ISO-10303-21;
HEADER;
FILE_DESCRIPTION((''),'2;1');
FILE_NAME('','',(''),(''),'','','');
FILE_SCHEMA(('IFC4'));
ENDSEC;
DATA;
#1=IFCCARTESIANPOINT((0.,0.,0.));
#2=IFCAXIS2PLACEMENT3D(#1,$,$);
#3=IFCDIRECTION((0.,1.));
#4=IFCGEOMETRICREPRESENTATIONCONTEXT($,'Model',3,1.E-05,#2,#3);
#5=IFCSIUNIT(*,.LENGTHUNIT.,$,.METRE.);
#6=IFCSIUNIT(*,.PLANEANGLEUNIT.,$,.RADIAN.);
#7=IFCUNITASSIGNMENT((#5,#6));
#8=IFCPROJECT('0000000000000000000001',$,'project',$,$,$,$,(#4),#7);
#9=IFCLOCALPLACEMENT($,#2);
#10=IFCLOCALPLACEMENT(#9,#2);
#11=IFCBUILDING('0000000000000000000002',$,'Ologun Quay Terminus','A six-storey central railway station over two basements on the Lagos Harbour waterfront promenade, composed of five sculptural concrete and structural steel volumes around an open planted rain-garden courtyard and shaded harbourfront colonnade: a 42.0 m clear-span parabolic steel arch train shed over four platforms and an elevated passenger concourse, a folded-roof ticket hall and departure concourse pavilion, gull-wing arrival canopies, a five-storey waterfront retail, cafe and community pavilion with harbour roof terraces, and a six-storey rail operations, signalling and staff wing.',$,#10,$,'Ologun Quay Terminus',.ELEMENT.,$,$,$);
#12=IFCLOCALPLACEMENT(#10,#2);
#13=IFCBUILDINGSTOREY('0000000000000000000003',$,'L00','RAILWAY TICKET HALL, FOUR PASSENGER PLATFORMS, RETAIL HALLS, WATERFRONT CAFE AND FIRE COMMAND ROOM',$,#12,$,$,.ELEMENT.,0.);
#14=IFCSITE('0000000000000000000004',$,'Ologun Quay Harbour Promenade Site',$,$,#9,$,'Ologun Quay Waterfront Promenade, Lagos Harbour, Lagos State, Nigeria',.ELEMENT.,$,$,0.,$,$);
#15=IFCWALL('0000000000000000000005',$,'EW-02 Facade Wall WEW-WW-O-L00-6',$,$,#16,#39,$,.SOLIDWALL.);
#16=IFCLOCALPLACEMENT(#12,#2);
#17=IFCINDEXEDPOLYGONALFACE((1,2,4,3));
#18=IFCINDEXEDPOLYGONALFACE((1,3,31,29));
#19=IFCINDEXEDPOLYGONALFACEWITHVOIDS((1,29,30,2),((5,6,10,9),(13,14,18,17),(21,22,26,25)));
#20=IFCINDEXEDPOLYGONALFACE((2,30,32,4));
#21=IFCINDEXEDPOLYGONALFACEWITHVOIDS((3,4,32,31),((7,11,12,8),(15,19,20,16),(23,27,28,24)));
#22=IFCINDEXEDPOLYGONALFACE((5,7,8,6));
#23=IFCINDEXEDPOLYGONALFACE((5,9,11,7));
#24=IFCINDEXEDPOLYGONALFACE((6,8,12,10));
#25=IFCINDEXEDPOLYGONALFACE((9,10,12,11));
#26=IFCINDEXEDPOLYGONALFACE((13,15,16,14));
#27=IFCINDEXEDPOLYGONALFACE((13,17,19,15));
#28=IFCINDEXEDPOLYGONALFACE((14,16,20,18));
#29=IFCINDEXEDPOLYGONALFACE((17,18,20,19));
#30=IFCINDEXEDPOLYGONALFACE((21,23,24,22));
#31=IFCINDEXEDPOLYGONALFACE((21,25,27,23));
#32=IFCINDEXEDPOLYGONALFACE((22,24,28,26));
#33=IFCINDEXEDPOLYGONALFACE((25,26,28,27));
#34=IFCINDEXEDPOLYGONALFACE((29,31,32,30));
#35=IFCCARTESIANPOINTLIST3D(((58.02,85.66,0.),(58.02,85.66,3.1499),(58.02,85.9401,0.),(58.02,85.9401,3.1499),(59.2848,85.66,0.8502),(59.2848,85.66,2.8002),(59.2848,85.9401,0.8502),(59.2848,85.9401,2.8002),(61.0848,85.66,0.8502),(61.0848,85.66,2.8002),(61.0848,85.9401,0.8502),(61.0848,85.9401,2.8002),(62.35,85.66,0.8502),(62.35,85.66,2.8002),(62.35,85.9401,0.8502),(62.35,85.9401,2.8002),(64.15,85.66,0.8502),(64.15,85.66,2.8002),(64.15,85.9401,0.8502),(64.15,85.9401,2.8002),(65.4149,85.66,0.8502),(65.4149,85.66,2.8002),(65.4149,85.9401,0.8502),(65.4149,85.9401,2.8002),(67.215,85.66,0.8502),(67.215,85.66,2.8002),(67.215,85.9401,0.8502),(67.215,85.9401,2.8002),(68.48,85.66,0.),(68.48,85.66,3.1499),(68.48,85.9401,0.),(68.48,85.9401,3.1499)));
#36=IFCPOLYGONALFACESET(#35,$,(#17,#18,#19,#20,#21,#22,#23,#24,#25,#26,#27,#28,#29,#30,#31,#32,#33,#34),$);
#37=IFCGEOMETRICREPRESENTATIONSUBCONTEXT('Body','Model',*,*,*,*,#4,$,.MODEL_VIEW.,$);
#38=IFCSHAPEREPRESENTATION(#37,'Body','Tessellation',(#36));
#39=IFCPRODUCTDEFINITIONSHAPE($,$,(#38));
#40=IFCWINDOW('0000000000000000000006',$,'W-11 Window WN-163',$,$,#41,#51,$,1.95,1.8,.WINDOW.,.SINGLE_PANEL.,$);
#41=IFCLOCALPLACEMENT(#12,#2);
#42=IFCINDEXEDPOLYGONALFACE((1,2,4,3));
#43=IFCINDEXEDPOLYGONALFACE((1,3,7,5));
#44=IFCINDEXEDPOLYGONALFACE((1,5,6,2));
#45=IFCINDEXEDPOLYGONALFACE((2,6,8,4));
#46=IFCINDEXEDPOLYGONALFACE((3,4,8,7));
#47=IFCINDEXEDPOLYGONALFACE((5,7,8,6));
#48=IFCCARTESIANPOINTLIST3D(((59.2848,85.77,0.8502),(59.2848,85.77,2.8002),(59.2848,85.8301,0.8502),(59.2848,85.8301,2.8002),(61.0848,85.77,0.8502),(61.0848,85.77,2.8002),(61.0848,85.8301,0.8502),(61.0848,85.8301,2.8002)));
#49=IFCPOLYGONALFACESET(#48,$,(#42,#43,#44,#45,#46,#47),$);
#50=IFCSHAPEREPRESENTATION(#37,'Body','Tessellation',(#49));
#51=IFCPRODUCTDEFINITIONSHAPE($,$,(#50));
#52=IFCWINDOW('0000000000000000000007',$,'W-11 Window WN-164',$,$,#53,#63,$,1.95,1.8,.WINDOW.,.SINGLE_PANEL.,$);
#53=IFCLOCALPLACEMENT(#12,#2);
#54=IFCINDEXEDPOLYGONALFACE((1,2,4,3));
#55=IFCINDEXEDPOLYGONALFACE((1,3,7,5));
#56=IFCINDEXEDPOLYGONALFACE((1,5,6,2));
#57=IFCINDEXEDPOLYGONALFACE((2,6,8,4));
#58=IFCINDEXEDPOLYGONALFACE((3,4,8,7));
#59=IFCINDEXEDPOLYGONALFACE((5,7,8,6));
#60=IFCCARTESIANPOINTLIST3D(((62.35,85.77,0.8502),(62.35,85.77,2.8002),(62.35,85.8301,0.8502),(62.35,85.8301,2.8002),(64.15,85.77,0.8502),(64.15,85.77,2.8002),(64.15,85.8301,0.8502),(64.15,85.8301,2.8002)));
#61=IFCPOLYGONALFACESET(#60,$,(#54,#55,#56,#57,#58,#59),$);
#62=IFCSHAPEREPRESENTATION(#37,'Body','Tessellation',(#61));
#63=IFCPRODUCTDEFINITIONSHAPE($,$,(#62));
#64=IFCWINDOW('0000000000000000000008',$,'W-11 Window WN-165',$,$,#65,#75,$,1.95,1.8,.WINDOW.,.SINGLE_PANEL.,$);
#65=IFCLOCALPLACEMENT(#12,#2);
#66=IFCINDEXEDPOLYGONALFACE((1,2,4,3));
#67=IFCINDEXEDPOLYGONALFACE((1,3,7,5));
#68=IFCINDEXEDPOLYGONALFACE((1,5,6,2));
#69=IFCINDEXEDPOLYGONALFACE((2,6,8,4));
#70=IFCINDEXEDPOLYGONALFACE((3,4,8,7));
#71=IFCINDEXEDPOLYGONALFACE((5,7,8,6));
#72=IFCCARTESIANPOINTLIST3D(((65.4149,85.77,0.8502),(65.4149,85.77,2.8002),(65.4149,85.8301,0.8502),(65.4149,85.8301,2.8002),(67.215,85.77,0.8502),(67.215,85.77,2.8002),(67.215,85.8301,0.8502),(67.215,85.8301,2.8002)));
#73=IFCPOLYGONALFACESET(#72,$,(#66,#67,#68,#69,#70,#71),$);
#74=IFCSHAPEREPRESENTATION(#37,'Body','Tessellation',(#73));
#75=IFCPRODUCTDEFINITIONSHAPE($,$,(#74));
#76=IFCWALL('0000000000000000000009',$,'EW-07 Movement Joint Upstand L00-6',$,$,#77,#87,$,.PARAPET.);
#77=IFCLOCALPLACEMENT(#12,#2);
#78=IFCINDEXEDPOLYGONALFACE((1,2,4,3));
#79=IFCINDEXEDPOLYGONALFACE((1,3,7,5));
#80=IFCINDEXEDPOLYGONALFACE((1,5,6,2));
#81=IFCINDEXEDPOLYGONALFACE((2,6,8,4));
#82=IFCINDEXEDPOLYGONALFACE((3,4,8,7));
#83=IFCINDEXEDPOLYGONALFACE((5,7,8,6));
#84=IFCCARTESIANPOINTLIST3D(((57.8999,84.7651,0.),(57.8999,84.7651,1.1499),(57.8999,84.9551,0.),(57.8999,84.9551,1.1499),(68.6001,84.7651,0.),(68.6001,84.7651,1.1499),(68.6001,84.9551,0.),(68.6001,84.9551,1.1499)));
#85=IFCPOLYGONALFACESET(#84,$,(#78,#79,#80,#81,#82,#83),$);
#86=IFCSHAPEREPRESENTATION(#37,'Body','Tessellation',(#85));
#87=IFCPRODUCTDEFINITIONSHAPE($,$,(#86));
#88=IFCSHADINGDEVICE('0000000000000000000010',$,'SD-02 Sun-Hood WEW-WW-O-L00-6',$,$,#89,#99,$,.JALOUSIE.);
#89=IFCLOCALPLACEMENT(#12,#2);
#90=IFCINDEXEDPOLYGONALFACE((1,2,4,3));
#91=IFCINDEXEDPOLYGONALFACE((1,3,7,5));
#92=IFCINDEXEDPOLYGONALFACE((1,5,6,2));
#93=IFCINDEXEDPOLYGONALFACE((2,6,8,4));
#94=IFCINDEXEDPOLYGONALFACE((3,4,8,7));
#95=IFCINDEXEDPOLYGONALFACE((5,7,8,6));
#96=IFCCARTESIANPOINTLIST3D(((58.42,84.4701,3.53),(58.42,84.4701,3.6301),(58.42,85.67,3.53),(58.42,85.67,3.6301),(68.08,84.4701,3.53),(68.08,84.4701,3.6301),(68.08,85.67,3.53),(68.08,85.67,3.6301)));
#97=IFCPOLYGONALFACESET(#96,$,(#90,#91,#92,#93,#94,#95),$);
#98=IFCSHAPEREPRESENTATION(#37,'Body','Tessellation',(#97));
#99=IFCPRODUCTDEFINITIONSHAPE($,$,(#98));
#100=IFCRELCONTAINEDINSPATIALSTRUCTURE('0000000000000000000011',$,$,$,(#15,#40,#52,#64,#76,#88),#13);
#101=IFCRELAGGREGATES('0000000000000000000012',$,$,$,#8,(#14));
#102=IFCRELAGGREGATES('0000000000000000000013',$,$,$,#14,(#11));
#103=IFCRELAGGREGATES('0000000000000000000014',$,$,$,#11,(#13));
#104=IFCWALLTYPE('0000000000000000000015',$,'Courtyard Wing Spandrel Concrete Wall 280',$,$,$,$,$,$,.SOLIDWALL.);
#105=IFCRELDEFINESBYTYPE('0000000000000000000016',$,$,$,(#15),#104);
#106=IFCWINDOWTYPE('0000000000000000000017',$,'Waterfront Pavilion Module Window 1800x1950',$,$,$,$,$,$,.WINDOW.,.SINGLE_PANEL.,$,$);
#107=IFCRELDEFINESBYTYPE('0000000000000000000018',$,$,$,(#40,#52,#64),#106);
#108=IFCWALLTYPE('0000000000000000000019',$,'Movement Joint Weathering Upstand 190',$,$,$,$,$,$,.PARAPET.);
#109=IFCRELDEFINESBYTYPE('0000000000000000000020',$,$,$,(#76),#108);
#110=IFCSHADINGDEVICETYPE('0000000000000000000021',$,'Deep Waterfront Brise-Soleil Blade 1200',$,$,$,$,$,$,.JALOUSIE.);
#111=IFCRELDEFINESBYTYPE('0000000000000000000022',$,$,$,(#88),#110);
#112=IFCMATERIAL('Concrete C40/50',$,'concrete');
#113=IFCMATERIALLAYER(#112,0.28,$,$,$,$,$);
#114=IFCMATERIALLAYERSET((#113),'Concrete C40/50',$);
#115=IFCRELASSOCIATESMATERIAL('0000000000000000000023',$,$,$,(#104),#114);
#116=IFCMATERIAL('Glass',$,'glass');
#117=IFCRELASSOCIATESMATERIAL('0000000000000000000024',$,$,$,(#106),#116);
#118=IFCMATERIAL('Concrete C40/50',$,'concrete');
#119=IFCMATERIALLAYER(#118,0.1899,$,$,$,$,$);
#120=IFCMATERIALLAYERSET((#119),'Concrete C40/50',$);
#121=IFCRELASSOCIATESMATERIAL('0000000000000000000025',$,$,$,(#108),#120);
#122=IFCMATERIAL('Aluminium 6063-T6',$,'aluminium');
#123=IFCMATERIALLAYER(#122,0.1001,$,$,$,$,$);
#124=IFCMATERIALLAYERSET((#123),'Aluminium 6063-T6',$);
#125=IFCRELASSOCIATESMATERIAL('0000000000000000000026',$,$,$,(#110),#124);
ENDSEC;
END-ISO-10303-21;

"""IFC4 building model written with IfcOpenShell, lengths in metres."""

from ifc_helpers import new_model, si_unit, direction, frame, frame_2d, origin, origin_2d, place, context, subcontext, project, spatial, rectangle, extrude, material, layer, layer_set, type_object, element, fill, save


model = new_model("IFC4")

# Units and contexts
model_context = context("Model", 3, precision=1e-05, world=origin(), true_north=direction((0.0, 1.0)))
body_context = subcontext(model_context, "Body", "Model", "MODEL_VIEW")
ifc_project = project(units=[si_unit("LENGTHUNIT", "METRE"), si_unit("PLANEANGLEUNIT", "RADIAN")], contexts=[model_context])

# Site, building, storey
site_placement = place(None, origin())
site = spatial("IfcSite", under=ifc_project, at=site_placement, Name="Ologun Quay Harbour Promenade Site", LongName="Ologun Quay Waterfront Promenade, Lagos Harbour, Lagos State, Nigeria", CompositionType="ELEMENT", RefElevation=0.0)
building_placement = place(site_placement, origin())
building = spatial("IfcBuilding", under=site, at=building_placement, Name="Ologun Quay Terminus", Description="A six-storey central railway station over two basements on the Lagos Harbour waterfront promenade, composed of five sculptural concrete and structural steel volumes around an open planted rain-garden courtyard and shaded harbourfront colonnade: a 42.0 m clear-span parabolic steel arch train shed over four platforms and an elevated passenger concourse, a folded-roof ticket hall and departure concourse pavilion, gull-wing arrival canopies, a five-storey waterfront retail, cafe and community pavilion with harbour roof terraces, and a six-storey rail operations, signalling and staff wing.", LongName="Ologun Quay Terminus", CompositionType="ELEMENT")
storey_placement = place(building_placement, origin())
storey = spatial("IfcBuildingStorey", under=building, at=storey_placement, Name="L00", Description="RAILWAY TICKET HALL, FOUR PASSENGER PLATFORMS, RETAIL HALLS, WATERFRONT CAFE AND FIRE COMMAND ROOM", CompositionType="ELEMENT", Elevation=0.0)

# Shared definitions
ifc_material_1 = material(Name="Concrete C40/50", Category="concrete")
ifc_layer_1 = layer(ifc_material_1, 0.28)
ifc_layer_set_1 = layer_set([ifc_layer_1], Name="Concrete C40/50")
wall_type_1 = type_object("IfcWallType", Name="Courtyard Wing Spandrel Concrete Wall 280", PredefinedType="SOLIDWALL", material=ifc_layer_set_1)

# Wall, openings, windows
wall_1_placement = place(storey_placement, frame((58.02, 85.8, 0.0), z_axis=(0.0, 0.0, 1.0), x_axis=(1.0, 0.0, 0.0)))
wall_1 = element("IfcWall", 1, at=wall_1_placement, inside=storey, type_object=wall_type_1, Name="EW-02 Facade Wall WEW-WW-O-L00-6", PredefinedType="SOLIDWALL", context=body_context, shape_type="SweptSolid", body=[
    extrude(rectangle(XDim=10.46, YDim=0.28, at=frame_2d((5.23, 0.0))), origin(), (0.0, 0.0, 1.0), 3.1499),
])
opening_1_placement = place(wall_1_placement, frame((1.2649, 0.0, 0.8501)))
opening_1 = element("IfcOpeningElement", 2, at=opening_1_placement, cuts=wall_1, PredefinedType="OPENING", context=body_context, shape_type="SweptSolid", body=[
    extrude(rectangle(XDim=1.8, YDim=1.95, at=frame_2d((0.8999, 0.9751))), frame((0.0, 0.1499, 0.0), z_axis=(0.0, -1.0, 0.0), x_axis=(1.0, 0.0, 0.0)), (0.0, 0.0, 1.0), 0.3),
])
opening_2_placement = place(wall_1_placement, frame((4.3301, 0.0, 0.8501)))
opening_2 = element("IfcOpeningElement", 3, at=opening_2_placement, cuts=wall_1, PredefinedType="OPENING", context=body_context, shape_type="SweptSolid", body=[
    extrude(rectangle(XDim=1.8, YDim=1.95, at=frame_2d((0.8999, 0.9751))), frame((0.0, 0.1499, 0.0), z_axis=(0.0, -1.0, 0.0), x_axis=(1.0, 0.0, 0.0)), (0.0, 0.0, 1.0), 0.3),
])
opening_3_placement = place(wall_1_placement, frame((7.395, 0.0, 0.8501)))
opening_3 = element("IfcOpeningElement", 4, at=opening_3_placement, cuts=wall_1, PredefinedType="OPENING", context=body_context, shape_type="SweptSolid", body=[
    extrude(rectangle(XDim=1.8, YDim=1.95, at=frame_2d((0.8999, 0.9751))), frame((0.0, 0.1499, 0.0), z_axis=(0.0, -1.0, 0.0), x_axis=(1.0, 0.0, 0.0)), (0.0, 0.0, 1.0), 0.3),
])
ifc_material_2 = material(Name="Glass", Category="glass")
window_type = type_object("IfcWindowType", Name="Waterfront Pavilion Module Window 1800x1950", PartitioningType="SINGLE_PANEL", PredefinedType="WINDOW", material=ifc_material_2)
window_1_placement = place(opening_1_placement, origin())
window_1 = element("IfcWindow", 5, at=window_1_placement, inside=storey, type_object=window_type, Name="W-11 Window WN-163", OverallHeight=1.95, OverallWidth=1.8, PartitioningType="SINGLE_PANEL", PredefinedType="WINDOW", context=body_context, shape_type="SweptSolid", body=[
    extrude(rectangle(XDim=1.8, YDim=1.95, at=frame_2d((0.8999, 0.9751))), frame((0.0, 0.03, 0.0), z_axis=(0.0, -1.0, 0.0), x_axis=(1.0, 0.0, 0.0)), (0.0, 0.0, 1.0), 0.0601),
])
fill(opening_1, window_1)
window_2_placement = place(opening_2_placement, origin())
window_2 = element("IfcWindow", 6, at=window_2_placement, inside=storey, type_object=window_type, Name="W-11 Window WN-164", OverallHeight=1.95, OverallWidth=1.8, PartitioningType="SINGLE_PANEL", PredefinedType="WINDOW", context=body_context, shape_type="SweptSolid", body=[
    extrude(rectangle(XDim=1.8, YDim=1.95, at=frame_2d((0.8999, 0.9751))), frame((0.0, 0.03, 0.0), z_axis=(0.0, -1.0, 0.0), x_axis=(1.0, 0.0, 0.0)), (0.0, 0.0, 1.0), 0.0601),
])
fill(opening_2, window_2)
window_3_placement = place(opening_3_placement, origin())
window_3 = element("IfcWindow", 7, at=window_3_placement, inside=storey, type_object=window_type, Name="W-11 Window WN-165", OverallHeight=1.95, OverallWidth=1.8, PartitioningType="SINGLE_PANEL", PredefinedType="WINDOW", context=body_context, shape_type="SweptSolid", body=[
    extrude(rectangle(XDim=1.8, YDim=1.95, at=frame_2d((0.8999, 0.9751))), frame((0.0, 0.03, 0.0), z_axis=(0.0, -1.0, 0.0), x_axis=(1.0, 0.0, 0.0)), (0.0, 0.0, 1.0), 0.0601),
])
fill(opening_3, window_3)

# Wall
ifc_material_3 = material(Name="Concrete C40/50", Category="concrete")
ifc_layer_2 = layer(ifc_material_3, 0.1899)
ifc_layer_set_2 = layer_set([ifc_layer_2], Name="Concrete C40/50")
wall_type_2 = type_object("IfcWallType", Name="Movement Joint Weathering Upstand 190", PredefinedType="PARAPET", material=ifc_layer_set_2)
wall_2_placement = place(storey_placement, frame((57.8999, 84.8601, 0.0), z_axis=(0.0, 0.0, 1.0), x_axis=(1.0, 0.0, 0.0)))
element("IfcWall", 8, at=wall_2_placement, inside=storey, type_object=wall_type_2, Name="EW-07 Movement Joint Upstand L00-6", PredefinedType="PARAPET", context=body_context, shape_type="SweptSolid", body=[
    extrude(rectangle(XDim=10.7002, YDim=0.1899, at=frame_2d((5.3501, 0.0))), origin(), (0.0, 0.0, 1.0), 1.1499),
])

# Shading device
ifc_material_4 = material(Name="Aluminium 6063-T6", Category="aluminium")
ifc_layer_3 = layer(ifc_material_4, 0.1001)
ifc_layer_set_3 = layer_set([ifc_layer_3], Name="Aluminium 6063-T6")
shading_device_type = type_object("IfcShadingDeviceType", Name="Deep Waterfront Brise-Soleil Blade 1200", PredefinedType="JALOUSIE", material=ifc_layer_set_3)
shading_device_placement = place(storey_placement, frame((63.25, 85.0701, 3.53), z_axis=(0.0, 0.0, 1.0), x_axis=(1.0, 0.0, 0.0)))
element("IfcShadingDevice", 9, at=shading_device_placement, inside=storey, type_object=shading_device_type, Name="SD-02 Sun-Hood WEW-WW-O-L00-6", PredefinedType="JALOUSIE", context=body_context, shape_type="SweptSolid", body=[
    extrude(rectangle(XDim=9.6599, YDim=1.2, at=origin_2d()), origin(), (0.0, 0.0, 1.0), 0.1001),
])

save(model, "model.ifc")
